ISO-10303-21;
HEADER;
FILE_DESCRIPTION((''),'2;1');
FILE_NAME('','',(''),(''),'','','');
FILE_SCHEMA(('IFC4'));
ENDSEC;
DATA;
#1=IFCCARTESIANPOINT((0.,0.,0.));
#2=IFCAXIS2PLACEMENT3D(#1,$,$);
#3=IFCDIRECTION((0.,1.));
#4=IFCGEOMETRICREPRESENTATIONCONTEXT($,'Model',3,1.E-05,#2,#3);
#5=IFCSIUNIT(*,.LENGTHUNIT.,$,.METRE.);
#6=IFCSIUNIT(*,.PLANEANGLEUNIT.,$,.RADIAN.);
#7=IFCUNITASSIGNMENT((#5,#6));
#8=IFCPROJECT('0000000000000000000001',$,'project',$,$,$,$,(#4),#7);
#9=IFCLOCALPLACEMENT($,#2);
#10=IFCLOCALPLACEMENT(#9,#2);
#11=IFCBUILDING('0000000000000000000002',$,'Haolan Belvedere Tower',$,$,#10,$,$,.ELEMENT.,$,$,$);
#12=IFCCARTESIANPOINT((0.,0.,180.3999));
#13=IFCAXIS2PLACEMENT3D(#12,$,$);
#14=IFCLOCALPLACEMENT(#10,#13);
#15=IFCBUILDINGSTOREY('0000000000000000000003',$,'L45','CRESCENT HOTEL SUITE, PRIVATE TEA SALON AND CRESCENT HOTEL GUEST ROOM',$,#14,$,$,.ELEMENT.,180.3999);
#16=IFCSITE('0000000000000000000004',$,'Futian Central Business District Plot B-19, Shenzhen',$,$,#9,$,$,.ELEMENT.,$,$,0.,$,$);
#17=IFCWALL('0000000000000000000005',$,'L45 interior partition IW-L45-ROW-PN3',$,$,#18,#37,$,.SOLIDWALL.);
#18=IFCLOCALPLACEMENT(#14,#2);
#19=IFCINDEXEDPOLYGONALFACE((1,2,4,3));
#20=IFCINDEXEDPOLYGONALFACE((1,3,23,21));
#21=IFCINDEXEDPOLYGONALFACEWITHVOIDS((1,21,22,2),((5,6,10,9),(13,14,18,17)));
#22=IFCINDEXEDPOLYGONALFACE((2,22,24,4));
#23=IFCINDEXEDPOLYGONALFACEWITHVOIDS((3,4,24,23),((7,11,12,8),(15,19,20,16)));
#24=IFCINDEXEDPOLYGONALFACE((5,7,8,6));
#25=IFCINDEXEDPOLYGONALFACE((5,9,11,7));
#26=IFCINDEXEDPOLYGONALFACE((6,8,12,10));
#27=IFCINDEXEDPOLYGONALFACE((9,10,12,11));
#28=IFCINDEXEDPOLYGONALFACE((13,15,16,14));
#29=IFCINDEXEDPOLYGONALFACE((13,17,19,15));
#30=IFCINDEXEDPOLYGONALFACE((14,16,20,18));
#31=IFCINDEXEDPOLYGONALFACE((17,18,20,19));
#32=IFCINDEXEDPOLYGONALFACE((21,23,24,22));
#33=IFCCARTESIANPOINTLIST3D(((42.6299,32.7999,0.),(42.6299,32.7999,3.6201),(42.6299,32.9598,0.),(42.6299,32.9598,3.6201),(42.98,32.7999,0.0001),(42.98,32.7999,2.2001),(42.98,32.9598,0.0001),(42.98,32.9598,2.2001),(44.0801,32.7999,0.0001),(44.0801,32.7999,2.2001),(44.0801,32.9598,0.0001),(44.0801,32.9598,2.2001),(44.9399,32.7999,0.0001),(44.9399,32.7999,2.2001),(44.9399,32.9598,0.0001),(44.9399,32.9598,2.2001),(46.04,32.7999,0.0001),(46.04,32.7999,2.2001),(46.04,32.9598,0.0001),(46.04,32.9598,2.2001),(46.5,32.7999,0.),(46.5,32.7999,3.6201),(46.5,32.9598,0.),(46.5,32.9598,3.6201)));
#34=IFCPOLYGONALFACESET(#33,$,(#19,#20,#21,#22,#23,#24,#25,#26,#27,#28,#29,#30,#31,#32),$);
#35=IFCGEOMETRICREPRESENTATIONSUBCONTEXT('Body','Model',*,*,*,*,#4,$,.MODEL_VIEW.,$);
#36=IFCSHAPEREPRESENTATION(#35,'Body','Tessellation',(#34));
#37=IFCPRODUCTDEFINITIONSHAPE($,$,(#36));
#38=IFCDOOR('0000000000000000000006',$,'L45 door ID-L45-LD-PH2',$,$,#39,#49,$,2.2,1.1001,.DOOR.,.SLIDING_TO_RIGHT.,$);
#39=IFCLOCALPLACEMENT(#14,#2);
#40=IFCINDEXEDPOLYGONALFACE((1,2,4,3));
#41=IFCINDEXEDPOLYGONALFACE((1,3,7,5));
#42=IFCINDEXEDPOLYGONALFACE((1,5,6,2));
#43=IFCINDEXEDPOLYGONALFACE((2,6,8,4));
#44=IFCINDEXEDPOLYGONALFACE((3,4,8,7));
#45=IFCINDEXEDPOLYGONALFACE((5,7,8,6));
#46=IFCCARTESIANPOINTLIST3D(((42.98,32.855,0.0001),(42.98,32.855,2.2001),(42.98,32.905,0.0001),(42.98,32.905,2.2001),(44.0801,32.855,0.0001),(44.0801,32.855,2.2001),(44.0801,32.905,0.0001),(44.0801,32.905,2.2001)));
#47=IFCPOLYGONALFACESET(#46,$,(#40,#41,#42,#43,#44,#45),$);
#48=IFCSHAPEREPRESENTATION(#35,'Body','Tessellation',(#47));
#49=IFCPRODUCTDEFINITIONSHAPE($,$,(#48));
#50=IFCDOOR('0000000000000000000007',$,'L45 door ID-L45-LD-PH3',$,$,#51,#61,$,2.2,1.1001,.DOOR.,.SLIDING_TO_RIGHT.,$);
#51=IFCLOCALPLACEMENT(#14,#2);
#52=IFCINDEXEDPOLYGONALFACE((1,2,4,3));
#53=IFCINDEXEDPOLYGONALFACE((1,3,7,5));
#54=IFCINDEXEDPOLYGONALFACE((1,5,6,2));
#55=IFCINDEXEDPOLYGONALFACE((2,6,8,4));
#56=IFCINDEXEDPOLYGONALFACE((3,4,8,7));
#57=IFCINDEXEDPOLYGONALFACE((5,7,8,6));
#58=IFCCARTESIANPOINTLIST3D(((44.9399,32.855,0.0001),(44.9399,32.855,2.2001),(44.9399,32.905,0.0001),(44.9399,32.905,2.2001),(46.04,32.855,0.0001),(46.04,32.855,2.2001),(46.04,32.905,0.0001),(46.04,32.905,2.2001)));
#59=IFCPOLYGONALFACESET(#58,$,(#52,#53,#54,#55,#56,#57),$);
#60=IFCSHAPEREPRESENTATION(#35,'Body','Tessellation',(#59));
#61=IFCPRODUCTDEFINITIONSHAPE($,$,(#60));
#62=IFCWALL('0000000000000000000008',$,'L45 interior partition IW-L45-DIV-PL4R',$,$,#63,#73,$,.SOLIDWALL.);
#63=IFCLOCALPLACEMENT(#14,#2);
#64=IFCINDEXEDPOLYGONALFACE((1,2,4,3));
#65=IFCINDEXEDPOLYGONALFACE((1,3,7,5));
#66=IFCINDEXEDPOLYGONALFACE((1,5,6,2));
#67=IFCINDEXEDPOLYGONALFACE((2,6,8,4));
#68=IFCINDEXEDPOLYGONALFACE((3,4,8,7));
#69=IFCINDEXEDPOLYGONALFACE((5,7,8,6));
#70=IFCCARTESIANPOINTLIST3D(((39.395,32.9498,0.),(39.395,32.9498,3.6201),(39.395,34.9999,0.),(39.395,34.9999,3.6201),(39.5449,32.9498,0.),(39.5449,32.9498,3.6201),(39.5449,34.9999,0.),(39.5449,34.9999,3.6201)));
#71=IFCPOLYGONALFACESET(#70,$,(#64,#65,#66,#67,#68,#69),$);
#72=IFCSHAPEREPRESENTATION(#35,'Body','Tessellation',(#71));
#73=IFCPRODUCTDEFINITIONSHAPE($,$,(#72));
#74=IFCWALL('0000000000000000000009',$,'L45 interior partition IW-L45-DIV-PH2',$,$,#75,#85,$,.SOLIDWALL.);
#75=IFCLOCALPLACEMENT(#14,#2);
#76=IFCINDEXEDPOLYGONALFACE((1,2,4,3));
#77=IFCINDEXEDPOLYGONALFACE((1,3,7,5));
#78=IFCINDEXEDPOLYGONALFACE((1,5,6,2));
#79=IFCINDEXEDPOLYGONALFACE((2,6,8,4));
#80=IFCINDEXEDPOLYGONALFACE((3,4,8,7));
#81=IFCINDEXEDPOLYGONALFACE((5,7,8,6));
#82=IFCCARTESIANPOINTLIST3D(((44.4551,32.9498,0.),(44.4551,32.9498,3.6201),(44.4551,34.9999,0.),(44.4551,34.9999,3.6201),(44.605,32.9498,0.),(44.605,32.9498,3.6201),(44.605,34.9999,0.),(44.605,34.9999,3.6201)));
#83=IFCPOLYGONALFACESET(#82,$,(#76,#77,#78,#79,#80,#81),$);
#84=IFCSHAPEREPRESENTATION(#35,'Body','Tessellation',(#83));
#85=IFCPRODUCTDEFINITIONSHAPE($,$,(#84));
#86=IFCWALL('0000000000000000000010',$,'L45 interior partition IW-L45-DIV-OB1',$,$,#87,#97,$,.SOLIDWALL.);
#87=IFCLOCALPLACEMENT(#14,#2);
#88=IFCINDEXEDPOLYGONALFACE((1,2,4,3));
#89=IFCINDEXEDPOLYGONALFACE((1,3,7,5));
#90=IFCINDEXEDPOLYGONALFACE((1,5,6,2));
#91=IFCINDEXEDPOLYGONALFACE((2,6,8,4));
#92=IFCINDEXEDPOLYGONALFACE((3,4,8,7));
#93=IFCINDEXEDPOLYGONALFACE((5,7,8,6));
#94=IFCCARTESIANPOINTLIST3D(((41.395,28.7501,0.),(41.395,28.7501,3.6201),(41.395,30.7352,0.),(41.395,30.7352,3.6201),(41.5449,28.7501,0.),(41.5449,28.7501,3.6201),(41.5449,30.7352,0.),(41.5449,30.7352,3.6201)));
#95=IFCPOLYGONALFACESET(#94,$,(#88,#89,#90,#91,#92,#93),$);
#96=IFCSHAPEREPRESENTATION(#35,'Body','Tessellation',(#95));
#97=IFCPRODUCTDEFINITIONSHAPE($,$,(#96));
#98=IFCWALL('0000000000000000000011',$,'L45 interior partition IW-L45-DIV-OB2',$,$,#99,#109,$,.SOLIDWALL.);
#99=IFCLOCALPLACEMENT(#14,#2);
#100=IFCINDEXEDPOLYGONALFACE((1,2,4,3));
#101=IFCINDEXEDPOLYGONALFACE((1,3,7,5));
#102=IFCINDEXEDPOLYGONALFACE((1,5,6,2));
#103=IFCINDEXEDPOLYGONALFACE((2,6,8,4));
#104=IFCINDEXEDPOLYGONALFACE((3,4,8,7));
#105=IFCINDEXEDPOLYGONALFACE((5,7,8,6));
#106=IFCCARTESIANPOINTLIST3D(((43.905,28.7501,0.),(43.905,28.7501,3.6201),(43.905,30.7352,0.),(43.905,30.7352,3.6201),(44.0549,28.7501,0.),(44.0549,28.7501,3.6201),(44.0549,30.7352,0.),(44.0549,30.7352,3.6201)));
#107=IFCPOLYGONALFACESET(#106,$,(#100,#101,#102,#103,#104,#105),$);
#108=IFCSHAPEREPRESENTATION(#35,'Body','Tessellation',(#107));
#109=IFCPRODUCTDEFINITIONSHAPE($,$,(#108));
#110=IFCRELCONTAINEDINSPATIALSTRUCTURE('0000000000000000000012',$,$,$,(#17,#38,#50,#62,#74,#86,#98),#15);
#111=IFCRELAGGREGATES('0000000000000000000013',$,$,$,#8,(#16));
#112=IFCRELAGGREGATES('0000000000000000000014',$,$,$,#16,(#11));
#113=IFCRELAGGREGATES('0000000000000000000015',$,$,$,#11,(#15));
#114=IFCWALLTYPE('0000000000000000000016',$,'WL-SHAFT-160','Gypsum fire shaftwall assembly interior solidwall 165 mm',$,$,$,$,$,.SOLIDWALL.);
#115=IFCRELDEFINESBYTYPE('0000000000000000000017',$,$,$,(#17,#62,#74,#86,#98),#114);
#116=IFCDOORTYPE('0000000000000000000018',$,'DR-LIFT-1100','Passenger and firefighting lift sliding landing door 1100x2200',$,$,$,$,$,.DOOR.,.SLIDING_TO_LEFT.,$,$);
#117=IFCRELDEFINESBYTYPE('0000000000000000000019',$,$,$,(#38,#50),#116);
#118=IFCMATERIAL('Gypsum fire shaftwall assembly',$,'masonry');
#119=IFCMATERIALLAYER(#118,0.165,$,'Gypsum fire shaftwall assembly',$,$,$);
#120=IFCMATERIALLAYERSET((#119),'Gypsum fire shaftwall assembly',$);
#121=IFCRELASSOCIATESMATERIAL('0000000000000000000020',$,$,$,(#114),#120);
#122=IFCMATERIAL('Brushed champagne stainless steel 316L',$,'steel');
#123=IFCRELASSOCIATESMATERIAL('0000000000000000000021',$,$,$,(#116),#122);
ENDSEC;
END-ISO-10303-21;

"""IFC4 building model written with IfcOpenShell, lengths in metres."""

from ifc_helpers import new_model, si_unit, direction, frame, frame_2d, origin, place, context, subcontext, project, spatial, rectangle, extrude, material, layer, layer_set, type_object, element, fill, save


model = new_model("IFC4")

# Units and contexts
model_context = context("Model", 3, precision=1e-05, world=origin(), true_north=direction((0.0, 1.0)))
body_context = subcontext(model_context, "Body", "Model", "MODEL_VIEW")
ifc_project = project(units=[si_unit("LENGTHUNIT", "METRE"), si_unit("PLANEANGLEUNIT", "RADIAN")], contexts=[model_context])

# Site, building, storey
site_placement = place(None, origin())
site = spatial("IfcSite", under=ifc_project, at=site_placement, Name="Futian Central Business District Plot B-19, Shenzhen", CompositionType="ELEMENT", RefElevation=0.0)
building_placement = place(site_placement, origin())
building = spatial("IfcBuilding", under=site, at=building_placement, Name="Haolan Belvedere Tower", CompositionType="ELEMENT")
storey_placement = place(building_placement, frame((0.0, 0.0, 180.3999)))
storey = spatial("IfcBuildingStorey", under=building, at=storey_placement, Name="L45", Description="CRESCENT HOTEL SUITE, PRIVATE TEA SALON AND CRESCENT HOTEL GUEST ROOM", CompositionType="ELEMENT", Elevation=180.3999)

# Shared definitions
ifc_material_1 = material(Name="Gypsum fire shaftwall assembly", Category="masonry")
ifc_layer_1 = layer(ifc_material_1, 0.165, Name="Gypsum fire shaftwall assembly")
ifc_layer_set_1 = layer_set([ifc_layer_1], Name="Gypsum fire shaftwall assembly")
wall_type_1 = type_object("IfcWallType", Name="WL-SHAFT-160", Description="Gypsum fire shaftwall assembly interior solidwall 165 mm", PredefinedType="SOLIDWALL", material=ifc_layer_set_1)

# Wall, openings, doors
wall_1_placement = place(storey_placement, frame((42.6299, 32.8799, 0.0), z_axis=(0.0, 0.0, 1.0), x_axis=(1.0, 0.0, 0.0)))
wall_1 = element("IfcWall", 1, at=wall_1_placement, inside=storey, type_object=wall_type_1, Name="L45 interior partition IW-L45-ROW-PN3", PredefinedType="SOLIDWALL", context=body_context, shape_type="SweptSolid", body=[
    extrude(rectangle(XDim=3.8701, YDim=0.1599, at=frame_2d((1.9351, 0.0))), origin(), (0.0, 0.0, 1.0), 3.6201),
])
opening_1_placement = place(wall_1_placement, frame((1.4502, 0.0, 0.0), z_axis=(0.0, 0.0, 1.0), x_axis=(-1.0, 0.0, 0.0)))
opening_1 = element("IfcOpeningElement", 2, at=opening_1_placement, cuts=wall_1, PredefinedType="OPENING", context=body_context, shape_type="SweptSolid", body=[
    extrude(rectangle(XDim=1.1001, YDim=2.2, at=frame_2d((0.55, 1.1001))), frame((0.0, 0.0898, 0.0), z_axis=(0.0, -1.0, 0.0), x_axis=(1.0, 0.0, 0.0)), (0.0, 0.0, 1.0), 0.1799),
])
opening_2_placement = place(wall_1_placement, frame((3.4102, 0.0, 0.0), z_axis=(0.0, 0.0, 1.0), x_axis=(-1.0, 0.0, 0.0)))
opening_2 = element("IfcOpeningElement", 3, at=opening_2_placement, cuts=wall_1, PredefinedType="OPENING", context=body_context, shape_type="SweptSolid", body=[
    extrude(rectangle(XDim=1.1001, YDim=2.2, at=frame_2d((0.55, 1.1001))), frame((0.0, 0.0898, 0.0), z_axis=(0.0, -1.0, 0.0), x_axis=(1.0, 0.0, 0.0)), (0.0, 0.0, 1.0), 0.1799),
])
ifc_material_2 = material(Name="Brushed champagne stainless steel 316L", Category="steel")
door_type_1 = type_object("IfcDoorType", Name="DR-LIFT-1100", Description="Passenger and firefighting lift sliding landing door 1100x2200", OperationType="SLIDING_TO_LEFT", PredefinedType="DOOR", material=ifc_material_2)
door_1_placement = place(opening_1_placement, origin())
door_1 = element("IfcDoor", 4, at=door_1_placement, inside=storey, type_object=door_type_1, Name="L45 door ID-L45-LD-PH2", OperationType="SLIDING_TO_RIGHT", OverallHeight=2.2, OverallWidth=1.1001, PredefinedType="DOOR", context=body_context, shape_type="SweptSolid", body=[
    extrude(rectangle(XDim=1.1001, YDim=2.2, at=frame_2d((0.55, 1.1001))), frame((0.0, 0.0249, 0.0), z_axis=(0.0, -1.0, 0.0), x_axis=(1.0, 0.0, 0.0)), (0.0, 0.0, 1.0), 0.05),
])
fill(opening_1, door_1)
door_2_placement = place(opening_2_placement, origin())
door_2 = element("IfcDoor", 5, at=door_2_placement, inside=storey, type_object=door_type_1, Name="L45 door ID-L45-LD-PH3", OperationType="SLIDING_TO_RIGHT", OverallHeight=2.2, OverallWidth=1.1001, PredefinedType="DOOR", context=body_context, shape_type="SweptSolid", body=[
    extrude(rectangle(XDim=1.1001, YDim=2.2, at=frame_2d((0.55, 1.1001))), frame((0.0, 0.0249, 0.0), z_axis=(0.0, -1.0, 0.0), x_axis=(1.0, 0.0, 0.0)), (0.0, 0.0, 1.0), 0.05),
])
fill(opening_2, door_2)

# Walls
for number, where, z_axis, x_axis, name in (
    (6, (39.47, 32.95, 0.0), (0.0, 0.0, 1.0), (0.0, 1.0, 0.0), "L45 interior partition IW-L45-DIV-PL4R"),
    (7, (44.53, 32.95, 0.0), (0.0, 0.0, 1.0), (0.0, 1.0, 0.0), "L45 interior partition IW-L45-DIV-PH2"),
):
    element("IfcWall", number, at=place(storey_placement, frame(where, z_axis=z_axis, x_axis=x_axis)), inside=storey, type_object=wall_type_1, Name=name, PredefinedType="SOLIDWALL", context=body_context, shape_type="SweptSolid", body=[
        extrude(rectangle(XDim=2.05, YDim=0.1499, at=frame_2d((1.0249, 0.0))), origin(), (0.0, 0.0, 1.0), 3.6201),
    ])
for number, where, z_axis, x_axis, name in (
    (8, (41.47, 28.75, 0.0), (0.0, 0.0, 1.0), (0.0, 1.0, 0.0), "L45 interior partition IW-L45-DIV-OB1"),
    (9, (43.98, 28.75, 0.0), (0.0, 0.0, 1.0), (0.0, 1.0, 0.0), "L45 interior partition IW-L45-DIV-OB2"),
):
    element("IfcWall", number, at=place(storey_placement, frame(where, z_axis=z_axis, x_axis=x_axis)), inside=storey, type_object=wall_type_1, Name=name, PredefinedType="SOLIDWALL", context=body_context, shape_type="SweptSolid", body=[
        extrude(rectangle(XDim=1.9851, YDim=0.1499, at=frame_2d((0.9927, 0.0))), origin(), (0.0, 0.0, 1.0), 3.6201),
    ])

save(model, "model.ifc")
